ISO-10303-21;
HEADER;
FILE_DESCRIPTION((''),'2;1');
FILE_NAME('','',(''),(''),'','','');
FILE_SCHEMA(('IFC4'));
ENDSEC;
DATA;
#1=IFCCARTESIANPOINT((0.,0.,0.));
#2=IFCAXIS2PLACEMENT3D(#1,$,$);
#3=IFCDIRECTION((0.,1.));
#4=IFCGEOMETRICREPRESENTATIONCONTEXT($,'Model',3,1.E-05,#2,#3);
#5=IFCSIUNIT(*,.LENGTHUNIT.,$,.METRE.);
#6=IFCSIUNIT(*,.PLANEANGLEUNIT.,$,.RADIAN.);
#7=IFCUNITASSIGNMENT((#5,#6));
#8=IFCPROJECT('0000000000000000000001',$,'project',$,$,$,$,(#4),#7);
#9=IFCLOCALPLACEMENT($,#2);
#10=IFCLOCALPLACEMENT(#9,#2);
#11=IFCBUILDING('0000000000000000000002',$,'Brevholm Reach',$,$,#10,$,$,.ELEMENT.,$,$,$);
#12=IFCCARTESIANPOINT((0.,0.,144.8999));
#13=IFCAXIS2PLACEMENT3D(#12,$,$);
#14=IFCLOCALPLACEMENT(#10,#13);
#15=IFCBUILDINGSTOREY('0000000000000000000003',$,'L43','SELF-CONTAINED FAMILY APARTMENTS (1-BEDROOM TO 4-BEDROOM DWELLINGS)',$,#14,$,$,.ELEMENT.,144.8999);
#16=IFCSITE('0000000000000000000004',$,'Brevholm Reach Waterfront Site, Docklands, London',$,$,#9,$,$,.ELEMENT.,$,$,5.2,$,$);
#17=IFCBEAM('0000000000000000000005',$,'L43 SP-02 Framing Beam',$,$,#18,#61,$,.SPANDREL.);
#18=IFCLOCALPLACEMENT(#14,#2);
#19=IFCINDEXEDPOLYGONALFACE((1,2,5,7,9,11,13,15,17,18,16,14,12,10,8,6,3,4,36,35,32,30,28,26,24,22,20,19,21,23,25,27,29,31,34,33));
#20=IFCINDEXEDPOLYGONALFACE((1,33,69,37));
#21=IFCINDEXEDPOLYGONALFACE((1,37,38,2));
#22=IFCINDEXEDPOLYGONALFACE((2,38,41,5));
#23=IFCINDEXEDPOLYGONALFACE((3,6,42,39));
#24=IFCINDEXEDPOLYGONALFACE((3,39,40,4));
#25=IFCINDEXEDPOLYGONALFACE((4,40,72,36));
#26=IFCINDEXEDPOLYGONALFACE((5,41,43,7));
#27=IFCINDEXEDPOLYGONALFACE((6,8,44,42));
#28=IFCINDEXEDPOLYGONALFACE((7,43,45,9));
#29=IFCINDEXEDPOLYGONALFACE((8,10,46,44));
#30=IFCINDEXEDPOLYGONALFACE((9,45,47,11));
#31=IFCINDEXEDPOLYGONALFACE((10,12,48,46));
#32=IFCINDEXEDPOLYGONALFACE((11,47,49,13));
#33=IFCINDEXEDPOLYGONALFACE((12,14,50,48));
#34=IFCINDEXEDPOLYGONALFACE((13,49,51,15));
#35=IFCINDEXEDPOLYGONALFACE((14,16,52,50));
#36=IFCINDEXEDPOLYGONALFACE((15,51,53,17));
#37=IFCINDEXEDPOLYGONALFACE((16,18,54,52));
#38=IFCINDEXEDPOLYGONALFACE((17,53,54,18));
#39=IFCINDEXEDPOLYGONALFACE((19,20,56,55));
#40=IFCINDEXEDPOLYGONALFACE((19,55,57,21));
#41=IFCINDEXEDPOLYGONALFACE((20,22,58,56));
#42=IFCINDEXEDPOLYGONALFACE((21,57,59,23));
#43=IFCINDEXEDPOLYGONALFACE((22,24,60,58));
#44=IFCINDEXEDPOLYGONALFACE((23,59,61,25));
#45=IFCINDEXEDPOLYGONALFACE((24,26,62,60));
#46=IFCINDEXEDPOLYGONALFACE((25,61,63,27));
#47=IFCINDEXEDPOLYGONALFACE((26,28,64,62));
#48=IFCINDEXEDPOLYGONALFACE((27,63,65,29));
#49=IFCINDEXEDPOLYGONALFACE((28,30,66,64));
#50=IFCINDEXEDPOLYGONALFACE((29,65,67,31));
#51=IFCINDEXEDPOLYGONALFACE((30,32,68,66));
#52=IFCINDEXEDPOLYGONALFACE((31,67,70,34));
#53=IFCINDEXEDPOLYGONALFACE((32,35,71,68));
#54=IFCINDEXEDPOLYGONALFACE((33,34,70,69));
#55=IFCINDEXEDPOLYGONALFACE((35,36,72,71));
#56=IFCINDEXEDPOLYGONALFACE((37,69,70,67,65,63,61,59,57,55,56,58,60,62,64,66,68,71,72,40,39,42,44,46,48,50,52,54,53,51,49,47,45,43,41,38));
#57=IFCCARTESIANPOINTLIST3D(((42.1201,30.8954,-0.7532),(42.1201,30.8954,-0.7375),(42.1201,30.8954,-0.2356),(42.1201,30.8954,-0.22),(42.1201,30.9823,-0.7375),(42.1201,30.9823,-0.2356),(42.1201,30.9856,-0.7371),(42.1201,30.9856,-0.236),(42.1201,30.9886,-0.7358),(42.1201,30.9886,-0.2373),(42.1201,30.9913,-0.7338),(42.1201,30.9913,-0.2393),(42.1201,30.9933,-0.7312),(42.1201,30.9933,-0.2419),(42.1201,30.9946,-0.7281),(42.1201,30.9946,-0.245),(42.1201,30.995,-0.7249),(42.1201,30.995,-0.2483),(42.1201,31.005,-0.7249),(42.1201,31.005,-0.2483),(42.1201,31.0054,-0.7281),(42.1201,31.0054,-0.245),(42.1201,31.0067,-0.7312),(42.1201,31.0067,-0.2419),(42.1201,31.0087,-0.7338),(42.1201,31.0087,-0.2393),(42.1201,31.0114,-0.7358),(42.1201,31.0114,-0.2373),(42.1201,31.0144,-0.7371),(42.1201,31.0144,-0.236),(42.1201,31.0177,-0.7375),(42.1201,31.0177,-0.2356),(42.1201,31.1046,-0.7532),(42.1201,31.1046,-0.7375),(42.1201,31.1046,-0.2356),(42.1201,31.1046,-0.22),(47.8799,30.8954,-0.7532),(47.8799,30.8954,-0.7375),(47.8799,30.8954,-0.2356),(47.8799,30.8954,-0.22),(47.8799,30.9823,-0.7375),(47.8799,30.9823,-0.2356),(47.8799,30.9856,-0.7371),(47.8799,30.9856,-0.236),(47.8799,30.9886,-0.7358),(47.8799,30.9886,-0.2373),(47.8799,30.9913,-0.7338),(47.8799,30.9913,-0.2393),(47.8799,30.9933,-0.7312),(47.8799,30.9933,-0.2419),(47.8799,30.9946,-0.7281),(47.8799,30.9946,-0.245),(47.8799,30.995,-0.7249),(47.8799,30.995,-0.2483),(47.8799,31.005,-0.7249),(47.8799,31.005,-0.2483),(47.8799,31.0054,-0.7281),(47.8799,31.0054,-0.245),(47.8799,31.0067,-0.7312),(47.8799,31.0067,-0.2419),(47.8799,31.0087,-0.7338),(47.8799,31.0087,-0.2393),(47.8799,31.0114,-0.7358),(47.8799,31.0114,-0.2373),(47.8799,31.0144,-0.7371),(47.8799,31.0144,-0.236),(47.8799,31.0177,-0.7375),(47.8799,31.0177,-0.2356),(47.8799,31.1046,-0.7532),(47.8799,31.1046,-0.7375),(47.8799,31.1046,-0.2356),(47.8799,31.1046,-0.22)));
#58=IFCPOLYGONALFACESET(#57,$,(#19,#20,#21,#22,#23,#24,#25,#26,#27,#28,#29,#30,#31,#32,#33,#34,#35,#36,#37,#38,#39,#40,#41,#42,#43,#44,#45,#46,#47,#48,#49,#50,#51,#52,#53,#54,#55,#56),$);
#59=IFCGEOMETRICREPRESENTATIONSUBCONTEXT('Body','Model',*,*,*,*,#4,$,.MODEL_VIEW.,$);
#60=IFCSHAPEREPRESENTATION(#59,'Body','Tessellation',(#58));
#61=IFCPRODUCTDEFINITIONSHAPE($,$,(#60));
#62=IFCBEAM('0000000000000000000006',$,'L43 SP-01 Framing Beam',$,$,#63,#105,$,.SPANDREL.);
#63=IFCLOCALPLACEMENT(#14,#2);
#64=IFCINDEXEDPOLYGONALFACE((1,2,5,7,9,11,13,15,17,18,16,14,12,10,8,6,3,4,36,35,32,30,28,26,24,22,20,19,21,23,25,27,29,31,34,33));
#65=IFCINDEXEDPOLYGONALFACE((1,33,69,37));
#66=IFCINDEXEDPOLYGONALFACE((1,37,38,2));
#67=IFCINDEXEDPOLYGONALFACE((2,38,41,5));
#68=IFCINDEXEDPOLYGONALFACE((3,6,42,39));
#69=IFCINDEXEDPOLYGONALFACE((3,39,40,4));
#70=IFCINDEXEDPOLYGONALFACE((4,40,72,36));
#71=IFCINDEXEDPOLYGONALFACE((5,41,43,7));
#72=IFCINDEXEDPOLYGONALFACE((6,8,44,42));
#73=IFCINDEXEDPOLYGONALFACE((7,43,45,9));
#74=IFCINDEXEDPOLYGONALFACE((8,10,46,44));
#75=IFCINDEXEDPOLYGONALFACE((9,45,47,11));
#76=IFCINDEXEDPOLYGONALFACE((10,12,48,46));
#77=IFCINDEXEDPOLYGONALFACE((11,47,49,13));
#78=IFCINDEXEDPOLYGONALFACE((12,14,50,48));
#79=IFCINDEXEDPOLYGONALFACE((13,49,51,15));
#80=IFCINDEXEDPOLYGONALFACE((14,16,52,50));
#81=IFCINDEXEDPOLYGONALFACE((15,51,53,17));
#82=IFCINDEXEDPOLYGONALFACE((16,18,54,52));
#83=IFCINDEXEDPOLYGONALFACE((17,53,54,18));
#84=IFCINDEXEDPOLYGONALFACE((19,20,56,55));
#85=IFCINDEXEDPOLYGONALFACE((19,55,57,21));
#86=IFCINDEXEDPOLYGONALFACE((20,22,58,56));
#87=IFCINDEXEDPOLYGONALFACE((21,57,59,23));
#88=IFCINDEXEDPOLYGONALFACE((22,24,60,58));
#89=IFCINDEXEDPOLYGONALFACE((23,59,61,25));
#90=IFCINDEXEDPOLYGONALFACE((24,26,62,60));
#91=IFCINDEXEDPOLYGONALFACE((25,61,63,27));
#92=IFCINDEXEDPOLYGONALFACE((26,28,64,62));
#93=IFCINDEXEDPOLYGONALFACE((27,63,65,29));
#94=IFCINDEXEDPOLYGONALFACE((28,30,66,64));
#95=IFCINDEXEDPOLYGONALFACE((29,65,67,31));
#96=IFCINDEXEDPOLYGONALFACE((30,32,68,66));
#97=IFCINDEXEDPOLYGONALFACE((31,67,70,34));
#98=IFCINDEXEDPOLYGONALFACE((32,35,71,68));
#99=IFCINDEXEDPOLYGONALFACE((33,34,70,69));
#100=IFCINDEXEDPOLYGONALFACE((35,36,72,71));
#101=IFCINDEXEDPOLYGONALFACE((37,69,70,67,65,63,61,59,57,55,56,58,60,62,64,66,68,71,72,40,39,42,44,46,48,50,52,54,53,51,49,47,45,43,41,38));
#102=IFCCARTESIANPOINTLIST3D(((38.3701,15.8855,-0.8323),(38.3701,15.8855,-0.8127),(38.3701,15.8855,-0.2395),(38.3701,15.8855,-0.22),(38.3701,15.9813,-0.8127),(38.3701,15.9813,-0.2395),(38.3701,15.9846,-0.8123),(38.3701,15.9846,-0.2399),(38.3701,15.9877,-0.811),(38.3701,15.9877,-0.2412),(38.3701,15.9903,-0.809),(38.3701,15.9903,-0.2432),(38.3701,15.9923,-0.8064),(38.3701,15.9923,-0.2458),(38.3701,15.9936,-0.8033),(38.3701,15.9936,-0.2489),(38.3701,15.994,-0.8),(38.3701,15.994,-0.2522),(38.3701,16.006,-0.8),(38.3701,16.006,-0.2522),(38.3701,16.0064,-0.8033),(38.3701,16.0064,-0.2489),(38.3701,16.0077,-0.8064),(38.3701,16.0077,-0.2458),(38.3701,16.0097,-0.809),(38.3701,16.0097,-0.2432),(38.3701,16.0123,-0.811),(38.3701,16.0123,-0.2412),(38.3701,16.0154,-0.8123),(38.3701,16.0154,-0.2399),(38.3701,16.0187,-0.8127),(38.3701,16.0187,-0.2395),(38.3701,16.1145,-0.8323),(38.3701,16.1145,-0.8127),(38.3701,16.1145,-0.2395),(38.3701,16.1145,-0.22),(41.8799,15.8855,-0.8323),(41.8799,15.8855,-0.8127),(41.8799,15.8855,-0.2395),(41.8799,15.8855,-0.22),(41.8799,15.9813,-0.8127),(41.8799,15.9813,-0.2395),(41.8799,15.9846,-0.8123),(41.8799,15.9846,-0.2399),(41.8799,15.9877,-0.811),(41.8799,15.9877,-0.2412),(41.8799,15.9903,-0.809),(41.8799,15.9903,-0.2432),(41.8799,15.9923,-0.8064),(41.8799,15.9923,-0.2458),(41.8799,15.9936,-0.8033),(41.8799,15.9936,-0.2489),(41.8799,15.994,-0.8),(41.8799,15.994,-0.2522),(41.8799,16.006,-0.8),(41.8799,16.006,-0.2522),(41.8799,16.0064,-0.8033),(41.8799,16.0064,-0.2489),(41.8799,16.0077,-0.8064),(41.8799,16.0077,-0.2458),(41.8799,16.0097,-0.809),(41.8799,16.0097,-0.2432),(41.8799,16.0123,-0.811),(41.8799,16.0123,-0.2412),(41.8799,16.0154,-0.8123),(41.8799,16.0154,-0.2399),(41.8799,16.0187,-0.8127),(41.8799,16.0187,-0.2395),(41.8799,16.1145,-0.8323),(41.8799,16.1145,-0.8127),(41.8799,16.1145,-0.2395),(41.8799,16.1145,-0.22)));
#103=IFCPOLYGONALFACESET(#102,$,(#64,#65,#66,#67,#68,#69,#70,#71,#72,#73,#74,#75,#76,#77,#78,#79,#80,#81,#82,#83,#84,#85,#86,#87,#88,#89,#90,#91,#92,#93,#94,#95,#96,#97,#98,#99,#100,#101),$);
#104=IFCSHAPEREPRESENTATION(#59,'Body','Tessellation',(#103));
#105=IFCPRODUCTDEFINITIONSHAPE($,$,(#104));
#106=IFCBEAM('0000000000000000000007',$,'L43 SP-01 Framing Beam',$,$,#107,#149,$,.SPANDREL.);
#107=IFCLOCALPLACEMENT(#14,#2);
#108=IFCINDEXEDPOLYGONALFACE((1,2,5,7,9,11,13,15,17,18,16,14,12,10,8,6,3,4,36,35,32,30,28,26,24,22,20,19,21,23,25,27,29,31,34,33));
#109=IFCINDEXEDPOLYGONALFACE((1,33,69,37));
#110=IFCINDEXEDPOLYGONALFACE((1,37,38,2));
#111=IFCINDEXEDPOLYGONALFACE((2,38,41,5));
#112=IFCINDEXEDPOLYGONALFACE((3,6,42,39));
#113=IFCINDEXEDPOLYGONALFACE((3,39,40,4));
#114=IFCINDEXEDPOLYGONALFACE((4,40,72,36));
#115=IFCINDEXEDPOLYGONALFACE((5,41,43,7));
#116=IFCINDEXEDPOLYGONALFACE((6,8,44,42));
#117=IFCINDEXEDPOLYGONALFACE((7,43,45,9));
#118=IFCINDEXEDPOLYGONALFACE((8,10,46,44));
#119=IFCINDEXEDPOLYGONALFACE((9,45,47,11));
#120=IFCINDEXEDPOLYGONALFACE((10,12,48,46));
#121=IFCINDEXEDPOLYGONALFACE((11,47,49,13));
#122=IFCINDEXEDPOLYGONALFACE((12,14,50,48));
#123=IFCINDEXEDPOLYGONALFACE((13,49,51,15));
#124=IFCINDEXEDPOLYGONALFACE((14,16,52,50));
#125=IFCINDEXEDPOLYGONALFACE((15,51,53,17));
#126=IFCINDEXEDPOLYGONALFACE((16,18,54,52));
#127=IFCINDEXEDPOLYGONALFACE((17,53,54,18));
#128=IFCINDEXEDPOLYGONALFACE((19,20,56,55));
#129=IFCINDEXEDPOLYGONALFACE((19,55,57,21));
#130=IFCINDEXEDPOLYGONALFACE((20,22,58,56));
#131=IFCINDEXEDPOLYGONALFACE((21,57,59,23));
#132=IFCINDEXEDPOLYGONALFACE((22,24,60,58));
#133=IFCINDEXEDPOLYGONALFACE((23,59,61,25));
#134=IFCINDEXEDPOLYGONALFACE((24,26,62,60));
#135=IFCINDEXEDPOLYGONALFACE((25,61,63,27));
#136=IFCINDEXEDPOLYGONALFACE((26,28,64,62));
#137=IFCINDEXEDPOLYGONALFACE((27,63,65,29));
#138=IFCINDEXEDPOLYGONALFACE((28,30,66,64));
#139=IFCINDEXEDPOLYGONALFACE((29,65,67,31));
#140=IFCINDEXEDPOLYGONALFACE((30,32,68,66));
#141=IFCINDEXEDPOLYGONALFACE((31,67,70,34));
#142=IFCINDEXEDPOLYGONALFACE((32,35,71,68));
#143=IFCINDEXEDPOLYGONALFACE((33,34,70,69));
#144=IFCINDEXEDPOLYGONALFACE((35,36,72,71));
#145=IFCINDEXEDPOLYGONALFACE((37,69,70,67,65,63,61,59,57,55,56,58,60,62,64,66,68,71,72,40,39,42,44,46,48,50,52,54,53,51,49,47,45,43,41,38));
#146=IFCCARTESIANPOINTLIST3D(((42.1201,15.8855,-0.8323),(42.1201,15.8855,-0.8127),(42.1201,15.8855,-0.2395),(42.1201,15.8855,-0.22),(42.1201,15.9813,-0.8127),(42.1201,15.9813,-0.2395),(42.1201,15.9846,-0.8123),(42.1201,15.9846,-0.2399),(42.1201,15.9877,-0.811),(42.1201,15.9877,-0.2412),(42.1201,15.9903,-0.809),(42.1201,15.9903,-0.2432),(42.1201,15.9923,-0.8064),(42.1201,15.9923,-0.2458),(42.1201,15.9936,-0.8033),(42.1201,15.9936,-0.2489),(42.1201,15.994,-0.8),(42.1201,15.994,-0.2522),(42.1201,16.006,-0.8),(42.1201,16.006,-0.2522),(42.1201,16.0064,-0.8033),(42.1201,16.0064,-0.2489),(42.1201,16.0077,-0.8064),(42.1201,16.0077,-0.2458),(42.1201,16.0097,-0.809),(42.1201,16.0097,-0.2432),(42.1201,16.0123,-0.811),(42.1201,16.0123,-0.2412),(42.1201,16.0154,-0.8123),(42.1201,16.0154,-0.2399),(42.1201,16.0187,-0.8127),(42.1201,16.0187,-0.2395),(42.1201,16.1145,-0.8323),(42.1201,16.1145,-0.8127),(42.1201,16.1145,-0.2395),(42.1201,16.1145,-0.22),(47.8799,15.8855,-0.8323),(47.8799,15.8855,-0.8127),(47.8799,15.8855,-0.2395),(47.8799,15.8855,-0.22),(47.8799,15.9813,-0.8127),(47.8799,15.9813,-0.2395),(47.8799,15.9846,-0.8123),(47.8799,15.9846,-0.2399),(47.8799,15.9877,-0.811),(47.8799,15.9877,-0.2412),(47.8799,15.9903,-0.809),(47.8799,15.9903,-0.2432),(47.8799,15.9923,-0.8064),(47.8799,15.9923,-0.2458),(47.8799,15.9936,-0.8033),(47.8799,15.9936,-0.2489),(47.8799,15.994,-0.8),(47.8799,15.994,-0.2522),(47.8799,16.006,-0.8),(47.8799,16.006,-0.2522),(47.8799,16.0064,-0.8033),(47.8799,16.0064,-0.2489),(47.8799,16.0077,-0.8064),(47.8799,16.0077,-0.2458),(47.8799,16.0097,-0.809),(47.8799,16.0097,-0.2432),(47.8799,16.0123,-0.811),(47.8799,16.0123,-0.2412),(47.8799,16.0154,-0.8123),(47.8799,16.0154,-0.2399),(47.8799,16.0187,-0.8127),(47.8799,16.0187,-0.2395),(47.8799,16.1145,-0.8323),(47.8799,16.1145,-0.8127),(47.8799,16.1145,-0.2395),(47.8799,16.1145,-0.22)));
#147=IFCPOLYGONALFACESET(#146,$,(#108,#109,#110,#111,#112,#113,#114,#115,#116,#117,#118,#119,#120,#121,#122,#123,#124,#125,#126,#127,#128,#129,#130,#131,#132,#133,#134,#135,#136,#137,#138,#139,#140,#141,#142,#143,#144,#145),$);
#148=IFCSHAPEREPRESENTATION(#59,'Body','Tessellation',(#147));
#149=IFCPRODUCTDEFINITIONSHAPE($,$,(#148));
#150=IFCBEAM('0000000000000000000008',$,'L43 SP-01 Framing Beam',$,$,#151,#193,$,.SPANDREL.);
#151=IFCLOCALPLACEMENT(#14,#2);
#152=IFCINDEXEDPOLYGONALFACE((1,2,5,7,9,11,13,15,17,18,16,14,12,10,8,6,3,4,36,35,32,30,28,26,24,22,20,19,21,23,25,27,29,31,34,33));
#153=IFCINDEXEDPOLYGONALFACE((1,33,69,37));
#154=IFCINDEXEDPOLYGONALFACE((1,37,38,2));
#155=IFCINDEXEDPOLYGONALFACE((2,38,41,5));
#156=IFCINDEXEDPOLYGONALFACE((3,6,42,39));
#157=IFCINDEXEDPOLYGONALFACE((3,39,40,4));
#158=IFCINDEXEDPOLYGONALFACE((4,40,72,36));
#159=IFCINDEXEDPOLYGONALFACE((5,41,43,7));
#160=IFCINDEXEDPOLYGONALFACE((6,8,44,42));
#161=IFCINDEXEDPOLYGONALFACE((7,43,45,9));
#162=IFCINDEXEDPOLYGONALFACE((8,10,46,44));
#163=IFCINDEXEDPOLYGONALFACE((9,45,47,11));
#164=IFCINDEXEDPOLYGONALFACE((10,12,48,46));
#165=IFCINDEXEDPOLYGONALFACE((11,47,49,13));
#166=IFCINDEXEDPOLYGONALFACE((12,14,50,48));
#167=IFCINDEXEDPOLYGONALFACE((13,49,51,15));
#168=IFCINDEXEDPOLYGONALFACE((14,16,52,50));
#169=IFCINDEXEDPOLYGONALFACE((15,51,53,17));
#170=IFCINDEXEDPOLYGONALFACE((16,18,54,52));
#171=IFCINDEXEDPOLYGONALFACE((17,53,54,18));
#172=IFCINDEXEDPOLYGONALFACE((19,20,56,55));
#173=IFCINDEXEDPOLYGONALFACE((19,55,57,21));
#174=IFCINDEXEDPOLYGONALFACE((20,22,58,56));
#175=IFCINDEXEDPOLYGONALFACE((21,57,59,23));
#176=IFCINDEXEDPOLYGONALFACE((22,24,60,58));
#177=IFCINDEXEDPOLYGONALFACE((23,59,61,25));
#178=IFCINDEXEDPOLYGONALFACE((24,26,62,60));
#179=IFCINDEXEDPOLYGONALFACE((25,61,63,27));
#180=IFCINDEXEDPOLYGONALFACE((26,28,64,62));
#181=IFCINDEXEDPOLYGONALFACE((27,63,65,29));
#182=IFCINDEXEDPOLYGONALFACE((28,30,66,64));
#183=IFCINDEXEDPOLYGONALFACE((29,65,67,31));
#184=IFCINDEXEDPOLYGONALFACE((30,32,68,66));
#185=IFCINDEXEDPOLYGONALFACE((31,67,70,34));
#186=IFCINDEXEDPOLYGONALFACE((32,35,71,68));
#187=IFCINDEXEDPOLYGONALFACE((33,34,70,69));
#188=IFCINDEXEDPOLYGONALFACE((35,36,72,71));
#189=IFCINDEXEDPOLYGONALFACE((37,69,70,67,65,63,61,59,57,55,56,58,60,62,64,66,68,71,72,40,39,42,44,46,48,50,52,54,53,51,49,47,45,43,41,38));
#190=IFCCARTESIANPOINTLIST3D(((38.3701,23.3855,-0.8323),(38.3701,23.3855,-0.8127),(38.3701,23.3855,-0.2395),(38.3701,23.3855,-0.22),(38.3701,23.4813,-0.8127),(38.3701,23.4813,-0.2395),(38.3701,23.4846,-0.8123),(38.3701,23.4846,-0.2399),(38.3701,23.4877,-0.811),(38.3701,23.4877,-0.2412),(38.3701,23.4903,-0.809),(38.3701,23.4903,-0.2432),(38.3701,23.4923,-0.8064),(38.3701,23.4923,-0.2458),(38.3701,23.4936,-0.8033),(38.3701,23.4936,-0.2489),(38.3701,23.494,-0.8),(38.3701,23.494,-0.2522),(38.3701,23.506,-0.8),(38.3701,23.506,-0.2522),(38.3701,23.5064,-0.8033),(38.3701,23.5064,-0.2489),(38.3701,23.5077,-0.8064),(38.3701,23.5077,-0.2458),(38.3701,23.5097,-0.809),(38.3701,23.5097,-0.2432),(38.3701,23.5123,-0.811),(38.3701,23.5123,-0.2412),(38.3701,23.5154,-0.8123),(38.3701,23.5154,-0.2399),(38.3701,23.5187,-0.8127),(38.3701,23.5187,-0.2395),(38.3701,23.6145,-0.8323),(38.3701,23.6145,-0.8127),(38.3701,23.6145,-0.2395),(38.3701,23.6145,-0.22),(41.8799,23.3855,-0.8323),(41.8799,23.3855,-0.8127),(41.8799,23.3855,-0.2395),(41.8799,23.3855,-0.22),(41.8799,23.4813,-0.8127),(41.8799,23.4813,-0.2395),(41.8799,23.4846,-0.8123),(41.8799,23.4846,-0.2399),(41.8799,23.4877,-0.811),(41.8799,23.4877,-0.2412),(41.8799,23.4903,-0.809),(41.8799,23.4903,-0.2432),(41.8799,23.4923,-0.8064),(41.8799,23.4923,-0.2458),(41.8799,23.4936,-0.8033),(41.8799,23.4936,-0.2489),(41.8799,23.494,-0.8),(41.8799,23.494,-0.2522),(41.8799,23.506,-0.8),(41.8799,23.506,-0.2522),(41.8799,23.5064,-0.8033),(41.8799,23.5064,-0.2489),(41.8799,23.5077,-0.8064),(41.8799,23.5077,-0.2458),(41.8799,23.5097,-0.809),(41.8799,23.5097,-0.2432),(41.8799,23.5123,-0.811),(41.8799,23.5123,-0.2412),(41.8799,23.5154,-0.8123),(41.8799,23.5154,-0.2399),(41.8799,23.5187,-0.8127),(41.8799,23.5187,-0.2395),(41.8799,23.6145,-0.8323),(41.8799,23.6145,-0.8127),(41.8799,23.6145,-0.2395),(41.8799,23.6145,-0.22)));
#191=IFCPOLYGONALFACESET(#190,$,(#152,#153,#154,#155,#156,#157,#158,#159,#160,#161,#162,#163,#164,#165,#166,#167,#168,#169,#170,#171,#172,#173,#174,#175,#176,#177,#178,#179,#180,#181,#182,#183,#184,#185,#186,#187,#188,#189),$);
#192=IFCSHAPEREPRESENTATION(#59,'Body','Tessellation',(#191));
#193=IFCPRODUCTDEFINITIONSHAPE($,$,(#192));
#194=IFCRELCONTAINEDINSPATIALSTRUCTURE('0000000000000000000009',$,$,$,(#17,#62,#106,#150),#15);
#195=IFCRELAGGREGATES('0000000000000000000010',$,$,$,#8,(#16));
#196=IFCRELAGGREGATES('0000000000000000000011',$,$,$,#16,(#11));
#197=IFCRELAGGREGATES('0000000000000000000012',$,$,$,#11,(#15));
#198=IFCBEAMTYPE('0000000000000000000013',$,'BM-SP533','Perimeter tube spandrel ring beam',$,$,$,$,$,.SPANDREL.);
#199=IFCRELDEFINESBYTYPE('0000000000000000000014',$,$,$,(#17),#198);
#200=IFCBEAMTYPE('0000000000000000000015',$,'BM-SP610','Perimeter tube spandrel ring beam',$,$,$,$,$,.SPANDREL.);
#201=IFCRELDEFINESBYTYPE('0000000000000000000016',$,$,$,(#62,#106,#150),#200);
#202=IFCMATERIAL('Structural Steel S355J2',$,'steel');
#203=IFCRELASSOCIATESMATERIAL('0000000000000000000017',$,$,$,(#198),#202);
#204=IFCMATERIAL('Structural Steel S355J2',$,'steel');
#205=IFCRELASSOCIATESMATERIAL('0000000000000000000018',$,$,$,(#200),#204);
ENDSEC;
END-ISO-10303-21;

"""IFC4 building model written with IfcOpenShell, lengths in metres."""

from ifc_helpers import new_model, si_unit, direction, frame, origin, origin_2d, place, context, subcontext, project, spatial, i_section, extrude, material, material_profile, profile_set, type_object, element, save


model = new_model("IFC4")

# Units and contexts
model_context = context("Model", 3, precision=1e-05, world=origin(), true_north=direction((0.0, 1.0)))
body_context = subcontext(model_context, "Body", "Model", "MODEL_VIEW")
ifc_project = project(units=[si_unit("LENGTHUNIT", "METRE"), si_unit("PLANEANGLEUNIT", "RADIAN")], contexts=[model_context])

# Site, building, storey
site_placement = place(None, origin())
site = spatial("IfcSite", under=ifc_project, at=site_placement, Name="Brevholm Reach Waterfront Site, Docklands, London", CompositionType="ELEMENT", RefElevation=5.2)
building_placement = place(site_placement, origin())
building = spatial("IfcBuilding", under=site, at=building_placement, Name="Brevholm Reach", CompositionType="ELEMENT")
storey_placement = place(building_placement, frame((0.0, 0.0, 144.8999)))
storey = spatial("IfcBuildingStorey", under=building, at=storey_placement, Name="L43", Description="SELF-CONTAINED FAMILY APARTMENTS (1-BEDROOM TO 4-BEDROOM DWELLINGS)", CompositionType="ELEMENT", Elevation=144.8999)

# Beams
ifc_material_1 = material(Name="Structural Steel S355J2", Category="steel")
ifc_material_profile_1 = material_profile(ifc_material_1, i_section(OverallWidth=0.2092, OverallDepth=0.5332, WebThickness=0.01, FlangeThickness=0.0156, FilletRadius=0.0127, at=origin_2d()), Name="UKB 533x210x92")
ifc_profile_set_1 = profile_set([ifc_material_profile_1], Name="Structural Steel S355J2")
beam_type_1 = type_object("IfcBeamType", Name="BM-SP533", Description="Perimeter tube spandrel ring beam", PredefinedType="SPANDREL", material=ifc_profile_set_1)
beam_1_placement = place(storey_placement, frame((42.1201, 31.0, -0.4866), z_axis=(1.0, 0.0, 0.0), x_axis=(0.0, 1.0, 0.0)))
element("IfcBeam", 1, at=beam_1_placement, inside=storey, type_object=beam_type_1, Name="L43 SP-02 Framing Beam", PredefinedType="SPANDREL", context=body_context, shape_type="SweptSolid", body=[
    extrude(i_section(OverallWidth=0.2092, OverallDepth=0.5332, WebThickness=0.01, FlangeThickness=0.0156, FilletRadius=0.0127, at=origin_2d()), origin(), (0.0, 0.0, 1.0), 5.7598),
])
ifc_material_2 = material(Name="Structural Steel S355J2", Category="steel")
ifc_material_profile_2 = material_profile(ifc_material_2, i_section(OverallWidth=0.229, OverallDepth=0.6123, WebThickness=0.012, FlangeThickness=0.0195, FilletRadius=0.0127, at=origin_2d()), Name="UKB 610x229x125")
ifc_profile_set_2 = profile_set([ifc_material_profile_2], Name="Structural Steel S355J2")
beam_type_2 = type_object("IfcBeamType", Name="BM-SP610", Description="Perimeter tube spandrel ring beam", PredefinedType="SPANDREL", material=ifc_profile_set_2)
beam_2_placement = place(storey_placement, frame((38.3701, 16.0, -0.5261), z_axis=(1.0, 0.0, 0.0), x_axis=(0.0, 1.0, 0.0)))
element("IfcBeam", 2, at=beam_2_placement, inside=storey, type_object=beam_type_2, Name="L43 SP-01 Framing Beam", PredefinedType="SPANDREL", context=body_context, shape_type="SweptSolid", body=[
    extrude(i_section(OverallWidth=0.229, OverallDepth=0.6123, WebThickness=0.012, FlangeThickness=0.0195, FilletRadius=0.0127, at=origin_2d()), origin(), (0.0, 0.0, 1.0), 3.5098),
])
beam_3_placement = place(storey_placement, frame((42.1201, 16.0, -0.5261), z_axis=(1.0, 0.0, 0.0), x_axis=(0.0, 1.0, 0.0)))
element("IfcBeam", 3, at=beam_3_placement, inside=storey, type_object=beam_type_2, Name="L43 SP-01 Framing Beam", PredefinedType="SPANDREL", context=body_context, shape_type="SweptSolid", body=[
    extrude(i_section(OverallWidth=0.229, OverallDepth=0.6123, WebThickness=0.012, FlangeThickness=0.0195, FilletRadius=0.0127, at=origin_2d()), origin(), (0.0, 0.0, 1.0), 5.7598),
])
beam_4_placement = place(storey_placement, frame((38.3701, 23.5, -0.5261), z_axis=(1.0, 0.0, 0.0), x_axis=(0.0, 1.0, 0.0)))
element("IfcBeam", 4, at=beam_4_placement, inside=storey, type_object=beam_type_2, Name="L43 SP-01 Framing Beam", PredefinedType="SPANDREL", context=body_context, shape_type="SweptSolid", body=[
    extrude(i_section(OverallWidth=0.229, OverallDepth=0.6123, WebThickness=0.012, FlangeThickness=0.0195, FilletRadius=0.0127, at=origin_2d()), origin(), (0.0, 0.0, 1.0), 3.5098),
])

save(model, "model.ifc")
